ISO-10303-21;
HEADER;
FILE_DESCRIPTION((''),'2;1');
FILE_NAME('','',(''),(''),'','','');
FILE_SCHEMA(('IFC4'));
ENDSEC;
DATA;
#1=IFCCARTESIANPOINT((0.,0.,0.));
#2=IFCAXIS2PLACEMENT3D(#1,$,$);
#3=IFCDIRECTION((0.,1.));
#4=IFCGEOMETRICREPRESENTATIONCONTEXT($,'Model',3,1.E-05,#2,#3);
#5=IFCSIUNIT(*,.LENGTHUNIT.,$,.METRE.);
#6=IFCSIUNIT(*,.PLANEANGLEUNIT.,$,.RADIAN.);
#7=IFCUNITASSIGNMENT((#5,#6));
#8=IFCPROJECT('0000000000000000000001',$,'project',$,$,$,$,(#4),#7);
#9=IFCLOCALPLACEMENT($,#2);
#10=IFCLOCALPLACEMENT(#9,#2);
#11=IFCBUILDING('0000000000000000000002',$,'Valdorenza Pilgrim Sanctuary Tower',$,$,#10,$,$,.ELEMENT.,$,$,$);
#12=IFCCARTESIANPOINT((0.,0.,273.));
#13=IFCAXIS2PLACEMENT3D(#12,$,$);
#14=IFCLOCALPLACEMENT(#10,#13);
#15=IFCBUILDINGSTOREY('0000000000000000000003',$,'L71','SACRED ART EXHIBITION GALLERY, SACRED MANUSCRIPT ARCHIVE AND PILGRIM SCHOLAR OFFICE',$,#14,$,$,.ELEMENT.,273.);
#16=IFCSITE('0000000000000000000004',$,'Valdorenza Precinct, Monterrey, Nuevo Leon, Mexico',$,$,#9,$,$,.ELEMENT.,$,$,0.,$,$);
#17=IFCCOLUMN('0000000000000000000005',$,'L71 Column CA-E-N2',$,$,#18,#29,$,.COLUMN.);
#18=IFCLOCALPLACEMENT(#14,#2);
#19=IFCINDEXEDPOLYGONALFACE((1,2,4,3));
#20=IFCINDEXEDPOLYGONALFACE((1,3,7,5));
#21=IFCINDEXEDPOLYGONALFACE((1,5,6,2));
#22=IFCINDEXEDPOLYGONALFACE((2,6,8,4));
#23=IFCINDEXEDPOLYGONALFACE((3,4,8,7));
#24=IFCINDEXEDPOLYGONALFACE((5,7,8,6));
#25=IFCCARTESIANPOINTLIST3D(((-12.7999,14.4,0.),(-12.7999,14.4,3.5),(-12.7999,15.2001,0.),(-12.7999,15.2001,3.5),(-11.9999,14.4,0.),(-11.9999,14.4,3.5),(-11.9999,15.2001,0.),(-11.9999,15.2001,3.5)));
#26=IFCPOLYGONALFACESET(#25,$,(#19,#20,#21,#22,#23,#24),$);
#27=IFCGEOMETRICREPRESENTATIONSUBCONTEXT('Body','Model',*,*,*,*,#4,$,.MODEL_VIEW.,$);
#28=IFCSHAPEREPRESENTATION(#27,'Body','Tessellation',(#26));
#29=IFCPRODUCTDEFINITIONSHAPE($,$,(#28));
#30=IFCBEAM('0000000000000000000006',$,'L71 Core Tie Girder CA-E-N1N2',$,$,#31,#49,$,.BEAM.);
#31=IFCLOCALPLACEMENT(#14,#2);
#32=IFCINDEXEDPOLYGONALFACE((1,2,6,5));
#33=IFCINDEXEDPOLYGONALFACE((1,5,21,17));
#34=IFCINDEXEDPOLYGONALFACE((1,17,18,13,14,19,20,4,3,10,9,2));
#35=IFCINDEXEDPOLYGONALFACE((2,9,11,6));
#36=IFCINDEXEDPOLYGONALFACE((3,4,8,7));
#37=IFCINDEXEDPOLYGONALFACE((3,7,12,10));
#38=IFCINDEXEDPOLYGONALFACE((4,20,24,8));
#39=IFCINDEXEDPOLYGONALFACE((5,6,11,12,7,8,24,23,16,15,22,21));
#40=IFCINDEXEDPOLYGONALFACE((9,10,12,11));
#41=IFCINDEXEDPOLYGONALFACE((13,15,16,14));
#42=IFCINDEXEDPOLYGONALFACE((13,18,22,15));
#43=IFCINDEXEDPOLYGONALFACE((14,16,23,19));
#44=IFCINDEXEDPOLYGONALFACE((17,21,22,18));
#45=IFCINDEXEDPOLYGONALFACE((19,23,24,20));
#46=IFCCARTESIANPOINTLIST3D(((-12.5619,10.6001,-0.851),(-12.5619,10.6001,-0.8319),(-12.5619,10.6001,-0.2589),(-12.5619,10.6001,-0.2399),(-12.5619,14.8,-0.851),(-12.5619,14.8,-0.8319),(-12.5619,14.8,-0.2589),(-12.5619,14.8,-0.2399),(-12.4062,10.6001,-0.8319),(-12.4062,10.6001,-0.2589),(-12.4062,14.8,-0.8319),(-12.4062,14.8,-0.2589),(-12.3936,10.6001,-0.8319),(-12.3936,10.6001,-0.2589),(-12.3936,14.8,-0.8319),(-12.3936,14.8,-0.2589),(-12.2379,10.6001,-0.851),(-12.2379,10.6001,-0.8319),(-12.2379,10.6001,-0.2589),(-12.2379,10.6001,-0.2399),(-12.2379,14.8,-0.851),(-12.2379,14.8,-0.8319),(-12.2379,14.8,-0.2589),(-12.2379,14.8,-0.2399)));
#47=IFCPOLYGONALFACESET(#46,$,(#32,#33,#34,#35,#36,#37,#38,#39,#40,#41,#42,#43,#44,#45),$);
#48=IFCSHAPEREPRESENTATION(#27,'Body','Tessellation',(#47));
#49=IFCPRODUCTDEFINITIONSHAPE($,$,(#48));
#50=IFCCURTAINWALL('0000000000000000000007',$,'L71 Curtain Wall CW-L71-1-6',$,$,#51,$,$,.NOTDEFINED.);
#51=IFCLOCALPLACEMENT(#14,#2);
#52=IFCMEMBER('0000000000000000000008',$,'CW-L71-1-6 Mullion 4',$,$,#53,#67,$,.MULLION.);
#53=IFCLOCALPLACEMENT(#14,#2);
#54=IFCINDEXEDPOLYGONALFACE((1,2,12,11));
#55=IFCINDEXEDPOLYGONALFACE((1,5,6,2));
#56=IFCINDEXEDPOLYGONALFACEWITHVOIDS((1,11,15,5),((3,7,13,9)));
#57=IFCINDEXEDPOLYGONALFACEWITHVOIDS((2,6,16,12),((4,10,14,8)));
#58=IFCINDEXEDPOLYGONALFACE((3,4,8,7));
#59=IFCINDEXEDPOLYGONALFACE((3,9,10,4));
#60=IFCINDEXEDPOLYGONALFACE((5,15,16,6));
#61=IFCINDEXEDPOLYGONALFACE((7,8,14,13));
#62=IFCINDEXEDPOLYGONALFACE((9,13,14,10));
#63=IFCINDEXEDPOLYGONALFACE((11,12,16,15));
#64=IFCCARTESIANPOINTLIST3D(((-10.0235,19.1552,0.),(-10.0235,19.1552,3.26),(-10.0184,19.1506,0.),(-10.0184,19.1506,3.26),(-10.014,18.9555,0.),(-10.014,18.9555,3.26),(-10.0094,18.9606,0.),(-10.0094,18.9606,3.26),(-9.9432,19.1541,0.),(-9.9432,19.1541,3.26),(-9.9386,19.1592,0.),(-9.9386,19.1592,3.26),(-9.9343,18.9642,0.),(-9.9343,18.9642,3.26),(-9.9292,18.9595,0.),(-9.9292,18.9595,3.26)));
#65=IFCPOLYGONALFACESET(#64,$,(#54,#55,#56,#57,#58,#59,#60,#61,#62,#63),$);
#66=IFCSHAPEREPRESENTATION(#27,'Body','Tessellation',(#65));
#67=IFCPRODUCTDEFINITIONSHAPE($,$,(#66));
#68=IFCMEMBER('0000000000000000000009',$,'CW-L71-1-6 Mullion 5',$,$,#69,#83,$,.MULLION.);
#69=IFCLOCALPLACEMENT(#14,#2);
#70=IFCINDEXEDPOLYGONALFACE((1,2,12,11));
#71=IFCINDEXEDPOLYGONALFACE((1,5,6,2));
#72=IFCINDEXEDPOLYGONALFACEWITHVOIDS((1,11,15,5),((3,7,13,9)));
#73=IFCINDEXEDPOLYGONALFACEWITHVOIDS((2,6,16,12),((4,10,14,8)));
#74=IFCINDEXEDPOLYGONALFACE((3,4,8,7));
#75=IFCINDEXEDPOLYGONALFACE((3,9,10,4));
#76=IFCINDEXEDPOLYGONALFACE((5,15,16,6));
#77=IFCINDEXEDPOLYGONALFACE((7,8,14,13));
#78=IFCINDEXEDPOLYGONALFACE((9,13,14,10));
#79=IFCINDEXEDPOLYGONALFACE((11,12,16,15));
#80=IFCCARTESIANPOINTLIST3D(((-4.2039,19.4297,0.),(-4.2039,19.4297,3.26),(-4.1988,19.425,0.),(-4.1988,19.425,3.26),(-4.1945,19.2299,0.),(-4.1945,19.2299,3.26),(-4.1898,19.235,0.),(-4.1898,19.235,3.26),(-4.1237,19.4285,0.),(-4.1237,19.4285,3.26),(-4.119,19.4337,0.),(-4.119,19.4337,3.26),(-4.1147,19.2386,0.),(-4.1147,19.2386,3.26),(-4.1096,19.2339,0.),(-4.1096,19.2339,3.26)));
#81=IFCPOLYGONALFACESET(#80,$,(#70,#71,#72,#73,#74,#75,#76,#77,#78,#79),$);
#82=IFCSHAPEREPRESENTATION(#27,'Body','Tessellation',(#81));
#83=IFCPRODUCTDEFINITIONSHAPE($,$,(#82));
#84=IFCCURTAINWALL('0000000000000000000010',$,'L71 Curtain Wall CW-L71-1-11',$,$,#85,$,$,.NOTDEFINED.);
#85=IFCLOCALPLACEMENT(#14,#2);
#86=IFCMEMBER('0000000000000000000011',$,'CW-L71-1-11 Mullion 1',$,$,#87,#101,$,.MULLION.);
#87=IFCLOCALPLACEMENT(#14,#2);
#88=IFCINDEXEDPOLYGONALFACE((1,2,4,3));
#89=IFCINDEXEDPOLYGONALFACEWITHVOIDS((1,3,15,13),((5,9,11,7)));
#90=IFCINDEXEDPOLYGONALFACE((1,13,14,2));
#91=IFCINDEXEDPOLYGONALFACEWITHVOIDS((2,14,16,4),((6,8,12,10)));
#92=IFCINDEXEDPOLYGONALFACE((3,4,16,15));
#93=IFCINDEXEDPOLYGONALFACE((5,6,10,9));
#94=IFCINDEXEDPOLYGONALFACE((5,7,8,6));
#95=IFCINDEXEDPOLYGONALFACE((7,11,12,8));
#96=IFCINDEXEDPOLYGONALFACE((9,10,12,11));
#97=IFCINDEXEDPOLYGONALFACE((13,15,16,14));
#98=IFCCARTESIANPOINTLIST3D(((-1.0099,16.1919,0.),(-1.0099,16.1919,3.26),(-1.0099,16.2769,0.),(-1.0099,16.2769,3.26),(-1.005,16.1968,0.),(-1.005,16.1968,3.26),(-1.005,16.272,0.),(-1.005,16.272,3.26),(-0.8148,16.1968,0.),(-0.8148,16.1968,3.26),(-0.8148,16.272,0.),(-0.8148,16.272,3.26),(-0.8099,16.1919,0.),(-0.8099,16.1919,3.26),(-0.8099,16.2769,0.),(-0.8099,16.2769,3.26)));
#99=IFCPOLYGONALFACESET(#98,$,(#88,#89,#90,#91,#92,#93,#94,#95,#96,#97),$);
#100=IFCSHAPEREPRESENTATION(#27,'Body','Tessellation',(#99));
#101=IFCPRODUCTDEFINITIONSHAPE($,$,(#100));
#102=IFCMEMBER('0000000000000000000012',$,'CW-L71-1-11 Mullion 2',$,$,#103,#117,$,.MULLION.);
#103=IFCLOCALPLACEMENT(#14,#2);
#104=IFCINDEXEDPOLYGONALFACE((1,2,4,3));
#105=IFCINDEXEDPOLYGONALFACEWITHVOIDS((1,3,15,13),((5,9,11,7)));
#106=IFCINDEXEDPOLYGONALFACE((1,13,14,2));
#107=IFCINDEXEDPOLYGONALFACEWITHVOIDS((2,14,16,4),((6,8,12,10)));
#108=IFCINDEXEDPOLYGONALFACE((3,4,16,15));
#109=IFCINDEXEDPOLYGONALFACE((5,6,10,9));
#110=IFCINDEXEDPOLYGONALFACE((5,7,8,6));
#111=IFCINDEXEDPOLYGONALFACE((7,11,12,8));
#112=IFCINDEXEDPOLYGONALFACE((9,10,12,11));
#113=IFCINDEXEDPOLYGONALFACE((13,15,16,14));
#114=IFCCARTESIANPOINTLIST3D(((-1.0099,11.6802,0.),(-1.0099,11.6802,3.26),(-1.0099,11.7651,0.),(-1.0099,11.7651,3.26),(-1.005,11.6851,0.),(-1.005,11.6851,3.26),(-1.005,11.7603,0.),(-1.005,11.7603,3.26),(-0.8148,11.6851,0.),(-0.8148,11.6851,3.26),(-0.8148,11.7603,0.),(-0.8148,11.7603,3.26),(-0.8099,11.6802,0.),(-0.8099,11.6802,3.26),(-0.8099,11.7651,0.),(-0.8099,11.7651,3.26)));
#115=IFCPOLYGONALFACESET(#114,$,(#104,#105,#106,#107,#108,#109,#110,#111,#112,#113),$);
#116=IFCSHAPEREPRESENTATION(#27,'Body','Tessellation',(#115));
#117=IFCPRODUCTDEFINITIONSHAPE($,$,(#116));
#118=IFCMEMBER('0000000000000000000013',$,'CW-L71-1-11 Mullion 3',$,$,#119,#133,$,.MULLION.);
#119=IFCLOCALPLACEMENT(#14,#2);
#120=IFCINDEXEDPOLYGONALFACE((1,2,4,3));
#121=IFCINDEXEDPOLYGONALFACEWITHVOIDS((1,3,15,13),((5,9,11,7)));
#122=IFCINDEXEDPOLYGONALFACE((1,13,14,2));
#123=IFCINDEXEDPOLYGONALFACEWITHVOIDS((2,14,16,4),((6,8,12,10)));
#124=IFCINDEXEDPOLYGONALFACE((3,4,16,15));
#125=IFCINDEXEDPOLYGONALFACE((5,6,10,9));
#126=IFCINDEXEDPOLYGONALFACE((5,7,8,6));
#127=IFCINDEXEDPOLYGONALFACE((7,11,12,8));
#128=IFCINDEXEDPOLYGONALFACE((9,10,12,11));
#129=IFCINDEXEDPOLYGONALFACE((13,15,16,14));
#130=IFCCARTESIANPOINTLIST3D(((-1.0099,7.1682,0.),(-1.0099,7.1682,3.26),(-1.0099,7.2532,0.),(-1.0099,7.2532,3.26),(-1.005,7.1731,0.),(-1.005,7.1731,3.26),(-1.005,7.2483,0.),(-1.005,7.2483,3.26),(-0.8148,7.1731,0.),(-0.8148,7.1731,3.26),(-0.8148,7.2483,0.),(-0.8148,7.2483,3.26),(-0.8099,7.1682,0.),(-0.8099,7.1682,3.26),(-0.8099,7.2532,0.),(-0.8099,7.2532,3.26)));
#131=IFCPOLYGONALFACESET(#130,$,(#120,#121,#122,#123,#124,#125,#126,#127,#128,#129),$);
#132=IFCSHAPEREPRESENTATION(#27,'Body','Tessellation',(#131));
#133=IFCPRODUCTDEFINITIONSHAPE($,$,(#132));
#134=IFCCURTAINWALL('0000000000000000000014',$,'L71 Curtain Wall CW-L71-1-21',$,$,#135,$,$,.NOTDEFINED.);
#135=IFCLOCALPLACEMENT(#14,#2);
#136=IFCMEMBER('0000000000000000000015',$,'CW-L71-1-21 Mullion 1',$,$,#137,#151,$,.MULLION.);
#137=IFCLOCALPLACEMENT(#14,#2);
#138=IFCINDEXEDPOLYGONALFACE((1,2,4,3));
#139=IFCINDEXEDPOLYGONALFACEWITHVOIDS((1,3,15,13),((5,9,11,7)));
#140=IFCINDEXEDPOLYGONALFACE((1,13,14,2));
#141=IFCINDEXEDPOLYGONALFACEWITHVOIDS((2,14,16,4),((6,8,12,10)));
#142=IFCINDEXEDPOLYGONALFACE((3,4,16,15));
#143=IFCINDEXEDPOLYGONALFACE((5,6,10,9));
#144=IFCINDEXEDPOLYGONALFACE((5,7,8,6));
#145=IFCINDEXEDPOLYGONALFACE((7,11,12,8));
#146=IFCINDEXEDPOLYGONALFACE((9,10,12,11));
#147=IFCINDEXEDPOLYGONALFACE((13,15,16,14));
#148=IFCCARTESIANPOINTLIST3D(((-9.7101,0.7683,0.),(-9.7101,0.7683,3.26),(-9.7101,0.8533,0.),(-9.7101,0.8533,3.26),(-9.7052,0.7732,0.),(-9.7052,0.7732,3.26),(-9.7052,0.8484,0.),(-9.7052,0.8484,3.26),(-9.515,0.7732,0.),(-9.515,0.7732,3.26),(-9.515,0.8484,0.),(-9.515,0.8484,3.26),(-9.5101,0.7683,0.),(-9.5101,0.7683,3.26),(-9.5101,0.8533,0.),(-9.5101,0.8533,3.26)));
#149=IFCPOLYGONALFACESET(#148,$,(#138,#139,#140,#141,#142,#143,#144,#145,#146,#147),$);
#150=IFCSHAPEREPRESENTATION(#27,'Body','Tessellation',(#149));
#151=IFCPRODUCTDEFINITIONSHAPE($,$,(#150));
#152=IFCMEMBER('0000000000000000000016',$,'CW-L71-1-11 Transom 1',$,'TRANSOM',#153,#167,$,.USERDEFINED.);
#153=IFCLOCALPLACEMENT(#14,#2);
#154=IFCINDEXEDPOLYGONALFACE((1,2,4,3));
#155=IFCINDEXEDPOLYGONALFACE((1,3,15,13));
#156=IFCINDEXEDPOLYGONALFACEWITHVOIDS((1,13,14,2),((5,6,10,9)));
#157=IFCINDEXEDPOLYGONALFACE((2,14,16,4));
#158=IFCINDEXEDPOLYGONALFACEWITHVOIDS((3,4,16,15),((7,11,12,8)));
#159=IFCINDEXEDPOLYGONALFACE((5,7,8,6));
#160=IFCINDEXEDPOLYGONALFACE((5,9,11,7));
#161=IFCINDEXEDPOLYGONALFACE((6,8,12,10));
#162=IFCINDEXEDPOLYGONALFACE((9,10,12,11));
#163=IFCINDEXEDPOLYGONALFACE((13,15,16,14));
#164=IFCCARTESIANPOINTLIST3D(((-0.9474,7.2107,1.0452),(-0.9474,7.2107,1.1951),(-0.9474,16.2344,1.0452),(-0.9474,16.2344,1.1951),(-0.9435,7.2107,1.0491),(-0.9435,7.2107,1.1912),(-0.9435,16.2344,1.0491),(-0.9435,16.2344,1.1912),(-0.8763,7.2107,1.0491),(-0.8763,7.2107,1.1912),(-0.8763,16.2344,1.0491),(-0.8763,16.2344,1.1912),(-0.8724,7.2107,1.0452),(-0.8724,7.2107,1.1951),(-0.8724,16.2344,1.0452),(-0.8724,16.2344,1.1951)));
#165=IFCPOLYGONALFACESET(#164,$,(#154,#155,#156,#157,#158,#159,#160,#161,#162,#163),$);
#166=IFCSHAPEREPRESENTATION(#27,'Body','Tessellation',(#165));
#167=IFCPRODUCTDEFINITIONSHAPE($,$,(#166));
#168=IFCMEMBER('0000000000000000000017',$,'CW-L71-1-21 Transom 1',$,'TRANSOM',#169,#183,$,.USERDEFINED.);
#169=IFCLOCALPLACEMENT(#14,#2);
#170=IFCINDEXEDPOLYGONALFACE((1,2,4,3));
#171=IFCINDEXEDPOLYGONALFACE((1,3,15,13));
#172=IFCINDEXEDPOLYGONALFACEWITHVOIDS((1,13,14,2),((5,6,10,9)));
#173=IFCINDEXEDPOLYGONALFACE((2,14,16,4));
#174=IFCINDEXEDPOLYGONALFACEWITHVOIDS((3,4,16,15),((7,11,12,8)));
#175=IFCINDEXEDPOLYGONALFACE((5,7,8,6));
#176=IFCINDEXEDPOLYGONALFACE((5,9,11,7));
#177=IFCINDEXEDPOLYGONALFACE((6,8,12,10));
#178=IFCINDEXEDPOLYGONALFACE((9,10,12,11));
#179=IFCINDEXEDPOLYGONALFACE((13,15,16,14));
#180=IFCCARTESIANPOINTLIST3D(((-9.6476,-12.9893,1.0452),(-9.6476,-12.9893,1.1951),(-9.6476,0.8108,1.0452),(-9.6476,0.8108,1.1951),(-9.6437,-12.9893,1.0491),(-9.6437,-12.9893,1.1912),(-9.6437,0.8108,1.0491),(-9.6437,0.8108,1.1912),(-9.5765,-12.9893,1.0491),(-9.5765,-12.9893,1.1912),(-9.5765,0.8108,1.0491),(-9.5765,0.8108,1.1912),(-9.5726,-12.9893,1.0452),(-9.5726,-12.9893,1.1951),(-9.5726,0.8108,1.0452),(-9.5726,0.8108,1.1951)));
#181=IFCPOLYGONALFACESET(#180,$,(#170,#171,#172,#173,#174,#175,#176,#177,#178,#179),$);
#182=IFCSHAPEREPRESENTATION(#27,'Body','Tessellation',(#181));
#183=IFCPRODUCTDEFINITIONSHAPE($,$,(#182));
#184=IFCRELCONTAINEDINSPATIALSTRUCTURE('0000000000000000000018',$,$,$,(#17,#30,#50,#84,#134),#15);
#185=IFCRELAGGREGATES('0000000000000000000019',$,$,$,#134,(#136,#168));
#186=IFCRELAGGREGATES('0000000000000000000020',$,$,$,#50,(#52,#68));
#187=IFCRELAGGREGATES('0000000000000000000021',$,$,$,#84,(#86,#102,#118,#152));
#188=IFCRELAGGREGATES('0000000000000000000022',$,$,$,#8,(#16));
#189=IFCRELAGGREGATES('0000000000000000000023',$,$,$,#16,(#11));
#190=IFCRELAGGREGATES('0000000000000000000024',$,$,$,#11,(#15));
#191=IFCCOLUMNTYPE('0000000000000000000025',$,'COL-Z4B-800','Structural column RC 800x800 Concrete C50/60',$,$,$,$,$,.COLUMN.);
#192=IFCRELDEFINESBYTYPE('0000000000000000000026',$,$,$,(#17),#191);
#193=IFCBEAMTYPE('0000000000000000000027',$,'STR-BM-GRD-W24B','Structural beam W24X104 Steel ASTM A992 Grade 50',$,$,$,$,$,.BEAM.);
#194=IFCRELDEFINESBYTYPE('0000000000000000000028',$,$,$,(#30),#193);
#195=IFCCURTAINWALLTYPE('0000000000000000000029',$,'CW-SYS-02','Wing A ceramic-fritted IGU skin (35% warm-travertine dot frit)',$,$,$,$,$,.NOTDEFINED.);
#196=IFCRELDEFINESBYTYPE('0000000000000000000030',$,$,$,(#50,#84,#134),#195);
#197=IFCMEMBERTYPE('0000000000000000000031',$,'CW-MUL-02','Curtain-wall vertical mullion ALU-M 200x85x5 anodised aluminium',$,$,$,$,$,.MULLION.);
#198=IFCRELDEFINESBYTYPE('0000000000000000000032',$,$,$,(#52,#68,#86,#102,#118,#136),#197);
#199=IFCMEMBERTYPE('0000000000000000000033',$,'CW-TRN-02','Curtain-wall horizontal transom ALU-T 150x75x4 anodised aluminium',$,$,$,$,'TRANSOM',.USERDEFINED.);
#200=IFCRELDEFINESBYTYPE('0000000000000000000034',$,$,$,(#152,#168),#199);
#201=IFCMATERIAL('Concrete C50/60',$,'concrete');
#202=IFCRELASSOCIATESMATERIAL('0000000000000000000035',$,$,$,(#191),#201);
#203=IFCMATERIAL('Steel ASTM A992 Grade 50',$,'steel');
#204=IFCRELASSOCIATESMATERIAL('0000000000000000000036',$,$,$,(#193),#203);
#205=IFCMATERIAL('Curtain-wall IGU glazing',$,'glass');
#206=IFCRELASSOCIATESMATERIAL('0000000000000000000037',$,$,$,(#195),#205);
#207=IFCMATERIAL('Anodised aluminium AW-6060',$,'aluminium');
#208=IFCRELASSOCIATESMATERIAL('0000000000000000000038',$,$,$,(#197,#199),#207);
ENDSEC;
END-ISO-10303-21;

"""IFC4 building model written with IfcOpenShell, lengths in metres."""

from ifc_helpers import new_model, si_unit, direction, frame, origin, origin_2d, place, context, subcontext, project, spatial, rectangle, hollow_rectangle, i_section, extrude, source, transform, mapped, material, material_profile, profile_set, type_object, element, aggregate, save


model = new_model("IFC4")

# Units and contexts
model_context = context("Model", 3, precision=1e-05, world=origin(), true_north=direction((0.0, 1.0)))
body_context = subcontext(model_context, "Body", "Model", "MODEL_VIEW")
ifc_project = project(units=[si_unit("LENGTHUNIT", "METRE"), si_unit("PLANEANGLEUNIT", "RADIAN")], contexts=[model_context])

# Site, building, storey
site_placement = place(None, origin())
site = spatial("IfcSite", under=ifc_project, at=site_placement, Name="Valdorenza Precinct, Monterrey, Nuevo Leon, Mexico", CompositionType="ELEMENT", RefElevation=0.0)
building_placement = place(site_placement, origin())
building = spatial("IfcBuilding", under=site, at=building_placement, Name="Valdorenza Pilgrim Sanctuary Tower", CompositionType="ELEMENT")
storey_placement = place(building_placement, frame((0.0, 0.0, 273.0)))
storey = spatial("IfcBuildingStorey", under=building, at=storey_placement, Name="L71", Description="SACRED ART EXHIBITION GALLERY, SACRED MANUSCRIPT ARCHIVE AND PILGRIM SCHOLAR OFFICE", CompositionType="ELEMENT", Elevation=273.0)

# Column
ifc_material_1 = material(Name="Concrete C50/60", Category="concrete")
ifc_material_profile_1 = material_profile(ifc_material_1, rectangle(XDim=0.8, YDim=0.8, at=origin_2d()), Name="RC 800x800")
ifc_profile_set_1 = profile_set([ifc_material_profile_1], Name="Concrete C50/60")
column_type = type_object("IfcColumnType", Name="COL-Z4B-800", Description="Structural column RC 800x800 Concrete C50/60", PredefinedType="COLUMN", material=ifc_profile_set_1)
shared_shape_1 = source(origin(), body_context, "Body", "SweptSolid", [
    extrude(rectangle(XDim=0.8, YDim=0.8, at=origin_2d()), origin(), (0.0, 0.0, 1.0), 3.5),
])
column_placement = place(storey_placement, frame((-12.3999, 14.8, 0.0), z_axis=(0.0, 0.0, 1.0), x_axis=(1.0, 0.0, 0.0)))
element("IfcColumn", 1, at=column_placement, inside=storey, type_object=column_type, Name="L71 Column CA-E-N2", PredefinedType="COLUMN", context=body_context, shape_type="MappedRepresentation", body=[
    mapped(shared_shape_1, transform((0.0, 0.0, 0.0), x_axis=(1.0, 0.0, 0.0), y_axis=(0.0, 1.0, 0.0), z_axis=(0.0, 0.0, 1.0), scale=1.0)),
])

# Beam
ifc_material_2 = material(Name="Steel ASTM A992 Grade 50", Category="steel")
ifc_material_profile_2 = material_profile(ifc_material_2, i_section(OverallWidth=0.324, OverallDepth=0.6111, WebThickness=0.0127, FlangeThickness=0.019, at=origin_2d()), Name="W24X104")
ifc_profile_set_2 = profile_set([ifc_material_profile_2], Name="Steel ASTM A992 Grade 50")
beam_type = type_object("IfcBeamType", Name="STR-BM-GRD-W24B", Description="Structural beam W24X104 Steel ASTM A992 Grade 50", PredefinedType="BEAM", material=ifc_profile_set_2)
shared_shape_2 = source(origin(), body_context, "Body", "SweptSolid", [
    extrude(i_section(OverallWidth=0.324, OverallDepth=0.6111, WebThickness=0.0127, FlangeThickness=0.019, at=origin_2d()), origin(), (0.0, 0.0, 1.0), 4.2),
])
beam_placement = place(storey_placement, frame((-12.3999, 10.6001, -0.5454), z_axis=(0.0, 1.0, 0.0), x_axis=(-1.0, 0.0, 0.0)))
element("IfcBeam", 2, at=beam_placement, inside=storey, type_object=beam_type, Name="L71 Core Tie Girder CA-E-N1N2", PredefinedType="BEAM", context=body_context, shape_type="MappedRepresentation", body=[
    mapped(shared_shape_2, transform((0.0, 0.0, 0.0), x_axis=(1.0, 0.0, 0.0), y_axis=(0.0, 1.0, 0.0), z_axis=(0.0, 0.0, 1.0), scale=1.0)),
])

# Curtain walls, members
ifc_material_3 = material(Name="Curtain-wall IGU glazing", Category="glass")
curtain_wall_type = type_object("IfcCurtainWallType", Name="CW-SYS-02", Description="Wing A ceramic-fritted IGU skin (35% warm-travertine dot frit)", PredefinedType="NOTDEFINED", material=ifc_material_3)
curtain_wall_1_placement = place(storey_placement, origin())
curtain_wall_1 = element("IfcCurtainWall", 3, at=curtain_wall_1_placement, inside=storey, type_object=curtain_wall_type, Name="L71 Curtain Wall CW-L71-1-6", PredefinedType="NOTDEFINED")
ifc_material_4 = material(Name="Anodised aluminium AW-6060", Category="aluminium")
ifc_material_profile_3 = material_profile(ifc_material_4, hollow_rectangle(XDim=0.085, YDim=0.2, WallThickness=0.0049, at=origin_2d()), Name="ALU-M 200x85x5")
ifc_profile_set_3 = profile_set([ifc_material_profile_3], Name="Anodised aluminium AW-6060")
member_type_1 = type_object("IfcMemberType", Name="CW-MUL-02", Description="Curtain-wall vertical mullion ALU-M 200x85x5 anodised aluminium", PredefinedType="MULLION", material=ifc_profile_set_3)
shared_shape_3 = source(origin(), body_context, "Body", "SweptSolid", [
    extrude(hollow_rectangle(XDim=0.085, YDim=0.2, WallThickness=0.0049, at=origin_2d()), origin(), (0.0, 0.0, 1.0), 3.26),
])
member_1_placement = place(storey_placement, frame((-9.9763, 19.0574, 0.0), z_axis=(0.0, 0.0, 1.0), x_axis=(0.998891, 0.047089, 0.0)))
member_1 = element("IfcMember", 4, at=member_1_placement, type_object=member_type_1, Name="CW-L71-1-6 Mullion 4", PredefinedType="MULLION", context=body_context, shape_type="MappedRepresentation", body=[
    mapped(shared_shape_3, transform((0.0, 0.0, 0.0), x_axis=(1.0, 0.0, 0.0), y_axis=(0.0, 1.0, 0.0), z_axis=(0.0, 0.0, 1.0), scale=1.0)),
])
member_2_placement = place(storey_placement, frame((-4.1567, 19.3318, 0.0), z_axis=(0.0, 0.0, 1.0), x_axis=(0.998891, 0.047089, 0.0)))
member_2 = element("IfcMember", 5, at=member_2_placement, type_object=member_type_1, Name="CW-L71-1-6 Mullion 5", PredefinedType="MULLION", context=body_context, shape_type="MappedRepresentation", body=[
    mapped(shared_shape_3, transform((0.0, 0.0, 0.0), x_axis=(1.0, 0.0, 0.0), y_axis=(0.0, 1.0, 0.0), z_axis=(0.0, 0.0, 1.0), scale=1.0)),
])
curtain_wall_2_placement = place(storey_placement, origin())
curtain_wall_2 = element("IfcCurtainWall", 6, at=curtain_wall_2_placement, inside=storey, type_object=curtain_wall_type, Name="L71 Curtain Wall CW-L71-1-11", PredefinedType="NOTDEFINED")
member_3_placement = place(storey_placement, frame((-0.9099, 16.2344, 0.0), z_axis=(0.0, 0.0, 1.0), x_axis=(0.0, -1.0, 0.0)))
member_3 = element("IfcMember", 7, at=member_3_placement, type_object=member_type_1, Name="CW-L71-1-11 Mullion 1", PredefinedType="MULLION", context=body_context, shape_type="MappedRepresentation", body=[
    mapped(shared_shape_3, transform((0.0, 0.0, 0.0), x_axis=(1.0, 0.0, 0.0), y_axis=(0.0, 1.0, 0.0), z_axis=(0.0, 0.0, 1.0), scale=1.0)),
])
member_4_placement = place(storey_placement, frame((-0.9099, 11.7227, 0.0), z_axis=(0.0, 0.0, 1.0), x_axis=(0.0, -1.0, 0.0)))
member_4 = element("IfcMember", 8, at=member_4_placement, type_object=member_type_1, Name="CW-L71-1-11 Mullion 2", PredefinedType="MULLION", context=body_context, shape_type="MappedRepresentation", body=[
    mapped(shared_shape_3, transform((0.0, 0.0, 0.0), x_axis=(1.0, 0.0, 0.0), y_axis=(0.0, 1.0, 0.0), z_axis=(0.0, 0.0, 1.0), scale=1.0)),
])
member_5_placement = place(storey_placement, frame((-0.9099, 7.2107, 0.0), z_axis=(0.0, 0.0, 1.0), x_axis=(0.0, -1.0, 0.0)))
member_5 = element("IfcMember", 9, at=member_5_placement, type_object=member_type_1, Name="CW-L71-1-11 Mullion 3", PredefinedType="MULLION", context=body_context, shape_type="MappedRepresentation", body=[
    mapped(shared_shape_3, transform((0.0, 0.0, 0.0), x_axis=(1.0, 0.0, 0.0), y_axis=(0.0, 1.0, 0.0), z_axis=(0.0, 0.0, 1.0), scale=1.0)),
])

# Curtain wall, member
curtain_wall_3_placement = place(storey_placement, origin())
curtain_wall_3 = element("IfcCurtainWall", 10, at=curtain_wall_3_placement, inside=storey, type_object=curtain_wall_type, Name="L71 Curtain Wall CW-L71-1-21", PredefinedType="NOTDEFINED")
member_6_placement = place(storey_placement, frame((-9.6101, 0.8108, 0.0), z_axis=(0.0, 0.0, 1.0), x_axis=(0.0, -1.0, 0.0)))
member_6 = element("IfcMember", 11, at=member_6_placement, type_object=member_type_1, Name="CW-L71-1-21 Mullion 1", PredefinedType="MULLION", context=body_context, shape_type="MappedRepresentation", body=[
    mapped(shared_shape_3, transform((0.0, 0.0, 0.0), x_axis=(1.0, 0.0, 0.0), y_axis=(0.0, 1.0, 0.0), z_axis=(0.0, 0.0, 1.0), scale=1.0)),
])

# Members
ifc_material_profile_4 = material_profile(ifc_material_4, hollow_rectangle(XDim=0.075, YDim=0.1499, WallThickness=0.0039, at=origin_2d()), Name="ALU-T 150x75x4")
ifc_profile_set_4 = profile_set([ifc_material_profile_4], Name="Anodised aluminium AW-6060")
member_type_2 = type_object("IfcMemberType", Name="CW-TRN-02", Description="Curtain-wall horizontal transom ALU-T 150x75x4 anodised aluminium", ElementType="TRANSOM", PredefinedType="USERDEFINED", material=ifc_profile_set_4)
shared_shape_4 = source(origin(), body_context, "Body", "SweptSolid", [
    extrude(hollow_rectangle(XDim=0.075, YDim=0.1499, WallThickness=0.0039, at=origin_2d()), origin(), (0.0, 0.0, 1.0), 9.0237),
])
member_7_placement = place(storey_placement, frame((-0.9099, 16.2344, 1.1201), z_axis=(0.0, -1.0, 0.0), x_axis=(1.0, 0.0, 0.0)))
member_7 = element("IfcMember", 12, at=member_7_placement, type_object=member_type_2, Name="CW-L71-1-11 Transom 1", ObjectType="TRANSOM", PredefinedType="USERDEFINED", context=body_context, shape_type="MappedRepresentation", body=[
    mapped(shared_shape_4, transform((0.0, 0.0, 0.0), x_axis=(1.0, 0.0, 0.0), y_axis=(0.0, 1.0, 0.0), z_axis=(0.0, 0.0, 1.0), scale=1.0)),
])
shared_shape_5 = source(origin(), body_context, "Body", "SweptSolid", [
    extrude(hollow_rectangle(XDim=0.075, YDim=0.1499, WallThickness=0.0039, at=origin_2d()), origin(), (0.0, 0.0, 1.0), 13.8),
])
member_8_placement = place(storey_placement, frame((-9.6101, 0.8108, 1.1201), z_axis=(0.0, -1.0, 0.0), x_axis=(1.0, 0.0, 0.0)))
member_8 = element("IfcMember", 13, at=member_8_placement, type_object=member_type_2, Name="CW-L71-1-21 Transom 1", ObjectType="TRANSOM", PredefinedType="USERDEFINED", context=body_context, shape_type="MappedRepresentation", body=[
    mapped(shared_shape_5, transform((0.0, 0.0, 0.0), x_axis=(1.0, 0.0, 0.0), y_axis=(0.0, 1.0, 0.0), z_axis=(0.0, 0.0, 1.0), scale=1.0)),
])
aggregate(curtain_wall_3, [member_6, member_8])

aggregate(curtain_wall_1, [member_1, member_2])
aggregate(curtain_wall_2, [member_3, member_4, member_5, member_7])

save(model, "model.ifc")
